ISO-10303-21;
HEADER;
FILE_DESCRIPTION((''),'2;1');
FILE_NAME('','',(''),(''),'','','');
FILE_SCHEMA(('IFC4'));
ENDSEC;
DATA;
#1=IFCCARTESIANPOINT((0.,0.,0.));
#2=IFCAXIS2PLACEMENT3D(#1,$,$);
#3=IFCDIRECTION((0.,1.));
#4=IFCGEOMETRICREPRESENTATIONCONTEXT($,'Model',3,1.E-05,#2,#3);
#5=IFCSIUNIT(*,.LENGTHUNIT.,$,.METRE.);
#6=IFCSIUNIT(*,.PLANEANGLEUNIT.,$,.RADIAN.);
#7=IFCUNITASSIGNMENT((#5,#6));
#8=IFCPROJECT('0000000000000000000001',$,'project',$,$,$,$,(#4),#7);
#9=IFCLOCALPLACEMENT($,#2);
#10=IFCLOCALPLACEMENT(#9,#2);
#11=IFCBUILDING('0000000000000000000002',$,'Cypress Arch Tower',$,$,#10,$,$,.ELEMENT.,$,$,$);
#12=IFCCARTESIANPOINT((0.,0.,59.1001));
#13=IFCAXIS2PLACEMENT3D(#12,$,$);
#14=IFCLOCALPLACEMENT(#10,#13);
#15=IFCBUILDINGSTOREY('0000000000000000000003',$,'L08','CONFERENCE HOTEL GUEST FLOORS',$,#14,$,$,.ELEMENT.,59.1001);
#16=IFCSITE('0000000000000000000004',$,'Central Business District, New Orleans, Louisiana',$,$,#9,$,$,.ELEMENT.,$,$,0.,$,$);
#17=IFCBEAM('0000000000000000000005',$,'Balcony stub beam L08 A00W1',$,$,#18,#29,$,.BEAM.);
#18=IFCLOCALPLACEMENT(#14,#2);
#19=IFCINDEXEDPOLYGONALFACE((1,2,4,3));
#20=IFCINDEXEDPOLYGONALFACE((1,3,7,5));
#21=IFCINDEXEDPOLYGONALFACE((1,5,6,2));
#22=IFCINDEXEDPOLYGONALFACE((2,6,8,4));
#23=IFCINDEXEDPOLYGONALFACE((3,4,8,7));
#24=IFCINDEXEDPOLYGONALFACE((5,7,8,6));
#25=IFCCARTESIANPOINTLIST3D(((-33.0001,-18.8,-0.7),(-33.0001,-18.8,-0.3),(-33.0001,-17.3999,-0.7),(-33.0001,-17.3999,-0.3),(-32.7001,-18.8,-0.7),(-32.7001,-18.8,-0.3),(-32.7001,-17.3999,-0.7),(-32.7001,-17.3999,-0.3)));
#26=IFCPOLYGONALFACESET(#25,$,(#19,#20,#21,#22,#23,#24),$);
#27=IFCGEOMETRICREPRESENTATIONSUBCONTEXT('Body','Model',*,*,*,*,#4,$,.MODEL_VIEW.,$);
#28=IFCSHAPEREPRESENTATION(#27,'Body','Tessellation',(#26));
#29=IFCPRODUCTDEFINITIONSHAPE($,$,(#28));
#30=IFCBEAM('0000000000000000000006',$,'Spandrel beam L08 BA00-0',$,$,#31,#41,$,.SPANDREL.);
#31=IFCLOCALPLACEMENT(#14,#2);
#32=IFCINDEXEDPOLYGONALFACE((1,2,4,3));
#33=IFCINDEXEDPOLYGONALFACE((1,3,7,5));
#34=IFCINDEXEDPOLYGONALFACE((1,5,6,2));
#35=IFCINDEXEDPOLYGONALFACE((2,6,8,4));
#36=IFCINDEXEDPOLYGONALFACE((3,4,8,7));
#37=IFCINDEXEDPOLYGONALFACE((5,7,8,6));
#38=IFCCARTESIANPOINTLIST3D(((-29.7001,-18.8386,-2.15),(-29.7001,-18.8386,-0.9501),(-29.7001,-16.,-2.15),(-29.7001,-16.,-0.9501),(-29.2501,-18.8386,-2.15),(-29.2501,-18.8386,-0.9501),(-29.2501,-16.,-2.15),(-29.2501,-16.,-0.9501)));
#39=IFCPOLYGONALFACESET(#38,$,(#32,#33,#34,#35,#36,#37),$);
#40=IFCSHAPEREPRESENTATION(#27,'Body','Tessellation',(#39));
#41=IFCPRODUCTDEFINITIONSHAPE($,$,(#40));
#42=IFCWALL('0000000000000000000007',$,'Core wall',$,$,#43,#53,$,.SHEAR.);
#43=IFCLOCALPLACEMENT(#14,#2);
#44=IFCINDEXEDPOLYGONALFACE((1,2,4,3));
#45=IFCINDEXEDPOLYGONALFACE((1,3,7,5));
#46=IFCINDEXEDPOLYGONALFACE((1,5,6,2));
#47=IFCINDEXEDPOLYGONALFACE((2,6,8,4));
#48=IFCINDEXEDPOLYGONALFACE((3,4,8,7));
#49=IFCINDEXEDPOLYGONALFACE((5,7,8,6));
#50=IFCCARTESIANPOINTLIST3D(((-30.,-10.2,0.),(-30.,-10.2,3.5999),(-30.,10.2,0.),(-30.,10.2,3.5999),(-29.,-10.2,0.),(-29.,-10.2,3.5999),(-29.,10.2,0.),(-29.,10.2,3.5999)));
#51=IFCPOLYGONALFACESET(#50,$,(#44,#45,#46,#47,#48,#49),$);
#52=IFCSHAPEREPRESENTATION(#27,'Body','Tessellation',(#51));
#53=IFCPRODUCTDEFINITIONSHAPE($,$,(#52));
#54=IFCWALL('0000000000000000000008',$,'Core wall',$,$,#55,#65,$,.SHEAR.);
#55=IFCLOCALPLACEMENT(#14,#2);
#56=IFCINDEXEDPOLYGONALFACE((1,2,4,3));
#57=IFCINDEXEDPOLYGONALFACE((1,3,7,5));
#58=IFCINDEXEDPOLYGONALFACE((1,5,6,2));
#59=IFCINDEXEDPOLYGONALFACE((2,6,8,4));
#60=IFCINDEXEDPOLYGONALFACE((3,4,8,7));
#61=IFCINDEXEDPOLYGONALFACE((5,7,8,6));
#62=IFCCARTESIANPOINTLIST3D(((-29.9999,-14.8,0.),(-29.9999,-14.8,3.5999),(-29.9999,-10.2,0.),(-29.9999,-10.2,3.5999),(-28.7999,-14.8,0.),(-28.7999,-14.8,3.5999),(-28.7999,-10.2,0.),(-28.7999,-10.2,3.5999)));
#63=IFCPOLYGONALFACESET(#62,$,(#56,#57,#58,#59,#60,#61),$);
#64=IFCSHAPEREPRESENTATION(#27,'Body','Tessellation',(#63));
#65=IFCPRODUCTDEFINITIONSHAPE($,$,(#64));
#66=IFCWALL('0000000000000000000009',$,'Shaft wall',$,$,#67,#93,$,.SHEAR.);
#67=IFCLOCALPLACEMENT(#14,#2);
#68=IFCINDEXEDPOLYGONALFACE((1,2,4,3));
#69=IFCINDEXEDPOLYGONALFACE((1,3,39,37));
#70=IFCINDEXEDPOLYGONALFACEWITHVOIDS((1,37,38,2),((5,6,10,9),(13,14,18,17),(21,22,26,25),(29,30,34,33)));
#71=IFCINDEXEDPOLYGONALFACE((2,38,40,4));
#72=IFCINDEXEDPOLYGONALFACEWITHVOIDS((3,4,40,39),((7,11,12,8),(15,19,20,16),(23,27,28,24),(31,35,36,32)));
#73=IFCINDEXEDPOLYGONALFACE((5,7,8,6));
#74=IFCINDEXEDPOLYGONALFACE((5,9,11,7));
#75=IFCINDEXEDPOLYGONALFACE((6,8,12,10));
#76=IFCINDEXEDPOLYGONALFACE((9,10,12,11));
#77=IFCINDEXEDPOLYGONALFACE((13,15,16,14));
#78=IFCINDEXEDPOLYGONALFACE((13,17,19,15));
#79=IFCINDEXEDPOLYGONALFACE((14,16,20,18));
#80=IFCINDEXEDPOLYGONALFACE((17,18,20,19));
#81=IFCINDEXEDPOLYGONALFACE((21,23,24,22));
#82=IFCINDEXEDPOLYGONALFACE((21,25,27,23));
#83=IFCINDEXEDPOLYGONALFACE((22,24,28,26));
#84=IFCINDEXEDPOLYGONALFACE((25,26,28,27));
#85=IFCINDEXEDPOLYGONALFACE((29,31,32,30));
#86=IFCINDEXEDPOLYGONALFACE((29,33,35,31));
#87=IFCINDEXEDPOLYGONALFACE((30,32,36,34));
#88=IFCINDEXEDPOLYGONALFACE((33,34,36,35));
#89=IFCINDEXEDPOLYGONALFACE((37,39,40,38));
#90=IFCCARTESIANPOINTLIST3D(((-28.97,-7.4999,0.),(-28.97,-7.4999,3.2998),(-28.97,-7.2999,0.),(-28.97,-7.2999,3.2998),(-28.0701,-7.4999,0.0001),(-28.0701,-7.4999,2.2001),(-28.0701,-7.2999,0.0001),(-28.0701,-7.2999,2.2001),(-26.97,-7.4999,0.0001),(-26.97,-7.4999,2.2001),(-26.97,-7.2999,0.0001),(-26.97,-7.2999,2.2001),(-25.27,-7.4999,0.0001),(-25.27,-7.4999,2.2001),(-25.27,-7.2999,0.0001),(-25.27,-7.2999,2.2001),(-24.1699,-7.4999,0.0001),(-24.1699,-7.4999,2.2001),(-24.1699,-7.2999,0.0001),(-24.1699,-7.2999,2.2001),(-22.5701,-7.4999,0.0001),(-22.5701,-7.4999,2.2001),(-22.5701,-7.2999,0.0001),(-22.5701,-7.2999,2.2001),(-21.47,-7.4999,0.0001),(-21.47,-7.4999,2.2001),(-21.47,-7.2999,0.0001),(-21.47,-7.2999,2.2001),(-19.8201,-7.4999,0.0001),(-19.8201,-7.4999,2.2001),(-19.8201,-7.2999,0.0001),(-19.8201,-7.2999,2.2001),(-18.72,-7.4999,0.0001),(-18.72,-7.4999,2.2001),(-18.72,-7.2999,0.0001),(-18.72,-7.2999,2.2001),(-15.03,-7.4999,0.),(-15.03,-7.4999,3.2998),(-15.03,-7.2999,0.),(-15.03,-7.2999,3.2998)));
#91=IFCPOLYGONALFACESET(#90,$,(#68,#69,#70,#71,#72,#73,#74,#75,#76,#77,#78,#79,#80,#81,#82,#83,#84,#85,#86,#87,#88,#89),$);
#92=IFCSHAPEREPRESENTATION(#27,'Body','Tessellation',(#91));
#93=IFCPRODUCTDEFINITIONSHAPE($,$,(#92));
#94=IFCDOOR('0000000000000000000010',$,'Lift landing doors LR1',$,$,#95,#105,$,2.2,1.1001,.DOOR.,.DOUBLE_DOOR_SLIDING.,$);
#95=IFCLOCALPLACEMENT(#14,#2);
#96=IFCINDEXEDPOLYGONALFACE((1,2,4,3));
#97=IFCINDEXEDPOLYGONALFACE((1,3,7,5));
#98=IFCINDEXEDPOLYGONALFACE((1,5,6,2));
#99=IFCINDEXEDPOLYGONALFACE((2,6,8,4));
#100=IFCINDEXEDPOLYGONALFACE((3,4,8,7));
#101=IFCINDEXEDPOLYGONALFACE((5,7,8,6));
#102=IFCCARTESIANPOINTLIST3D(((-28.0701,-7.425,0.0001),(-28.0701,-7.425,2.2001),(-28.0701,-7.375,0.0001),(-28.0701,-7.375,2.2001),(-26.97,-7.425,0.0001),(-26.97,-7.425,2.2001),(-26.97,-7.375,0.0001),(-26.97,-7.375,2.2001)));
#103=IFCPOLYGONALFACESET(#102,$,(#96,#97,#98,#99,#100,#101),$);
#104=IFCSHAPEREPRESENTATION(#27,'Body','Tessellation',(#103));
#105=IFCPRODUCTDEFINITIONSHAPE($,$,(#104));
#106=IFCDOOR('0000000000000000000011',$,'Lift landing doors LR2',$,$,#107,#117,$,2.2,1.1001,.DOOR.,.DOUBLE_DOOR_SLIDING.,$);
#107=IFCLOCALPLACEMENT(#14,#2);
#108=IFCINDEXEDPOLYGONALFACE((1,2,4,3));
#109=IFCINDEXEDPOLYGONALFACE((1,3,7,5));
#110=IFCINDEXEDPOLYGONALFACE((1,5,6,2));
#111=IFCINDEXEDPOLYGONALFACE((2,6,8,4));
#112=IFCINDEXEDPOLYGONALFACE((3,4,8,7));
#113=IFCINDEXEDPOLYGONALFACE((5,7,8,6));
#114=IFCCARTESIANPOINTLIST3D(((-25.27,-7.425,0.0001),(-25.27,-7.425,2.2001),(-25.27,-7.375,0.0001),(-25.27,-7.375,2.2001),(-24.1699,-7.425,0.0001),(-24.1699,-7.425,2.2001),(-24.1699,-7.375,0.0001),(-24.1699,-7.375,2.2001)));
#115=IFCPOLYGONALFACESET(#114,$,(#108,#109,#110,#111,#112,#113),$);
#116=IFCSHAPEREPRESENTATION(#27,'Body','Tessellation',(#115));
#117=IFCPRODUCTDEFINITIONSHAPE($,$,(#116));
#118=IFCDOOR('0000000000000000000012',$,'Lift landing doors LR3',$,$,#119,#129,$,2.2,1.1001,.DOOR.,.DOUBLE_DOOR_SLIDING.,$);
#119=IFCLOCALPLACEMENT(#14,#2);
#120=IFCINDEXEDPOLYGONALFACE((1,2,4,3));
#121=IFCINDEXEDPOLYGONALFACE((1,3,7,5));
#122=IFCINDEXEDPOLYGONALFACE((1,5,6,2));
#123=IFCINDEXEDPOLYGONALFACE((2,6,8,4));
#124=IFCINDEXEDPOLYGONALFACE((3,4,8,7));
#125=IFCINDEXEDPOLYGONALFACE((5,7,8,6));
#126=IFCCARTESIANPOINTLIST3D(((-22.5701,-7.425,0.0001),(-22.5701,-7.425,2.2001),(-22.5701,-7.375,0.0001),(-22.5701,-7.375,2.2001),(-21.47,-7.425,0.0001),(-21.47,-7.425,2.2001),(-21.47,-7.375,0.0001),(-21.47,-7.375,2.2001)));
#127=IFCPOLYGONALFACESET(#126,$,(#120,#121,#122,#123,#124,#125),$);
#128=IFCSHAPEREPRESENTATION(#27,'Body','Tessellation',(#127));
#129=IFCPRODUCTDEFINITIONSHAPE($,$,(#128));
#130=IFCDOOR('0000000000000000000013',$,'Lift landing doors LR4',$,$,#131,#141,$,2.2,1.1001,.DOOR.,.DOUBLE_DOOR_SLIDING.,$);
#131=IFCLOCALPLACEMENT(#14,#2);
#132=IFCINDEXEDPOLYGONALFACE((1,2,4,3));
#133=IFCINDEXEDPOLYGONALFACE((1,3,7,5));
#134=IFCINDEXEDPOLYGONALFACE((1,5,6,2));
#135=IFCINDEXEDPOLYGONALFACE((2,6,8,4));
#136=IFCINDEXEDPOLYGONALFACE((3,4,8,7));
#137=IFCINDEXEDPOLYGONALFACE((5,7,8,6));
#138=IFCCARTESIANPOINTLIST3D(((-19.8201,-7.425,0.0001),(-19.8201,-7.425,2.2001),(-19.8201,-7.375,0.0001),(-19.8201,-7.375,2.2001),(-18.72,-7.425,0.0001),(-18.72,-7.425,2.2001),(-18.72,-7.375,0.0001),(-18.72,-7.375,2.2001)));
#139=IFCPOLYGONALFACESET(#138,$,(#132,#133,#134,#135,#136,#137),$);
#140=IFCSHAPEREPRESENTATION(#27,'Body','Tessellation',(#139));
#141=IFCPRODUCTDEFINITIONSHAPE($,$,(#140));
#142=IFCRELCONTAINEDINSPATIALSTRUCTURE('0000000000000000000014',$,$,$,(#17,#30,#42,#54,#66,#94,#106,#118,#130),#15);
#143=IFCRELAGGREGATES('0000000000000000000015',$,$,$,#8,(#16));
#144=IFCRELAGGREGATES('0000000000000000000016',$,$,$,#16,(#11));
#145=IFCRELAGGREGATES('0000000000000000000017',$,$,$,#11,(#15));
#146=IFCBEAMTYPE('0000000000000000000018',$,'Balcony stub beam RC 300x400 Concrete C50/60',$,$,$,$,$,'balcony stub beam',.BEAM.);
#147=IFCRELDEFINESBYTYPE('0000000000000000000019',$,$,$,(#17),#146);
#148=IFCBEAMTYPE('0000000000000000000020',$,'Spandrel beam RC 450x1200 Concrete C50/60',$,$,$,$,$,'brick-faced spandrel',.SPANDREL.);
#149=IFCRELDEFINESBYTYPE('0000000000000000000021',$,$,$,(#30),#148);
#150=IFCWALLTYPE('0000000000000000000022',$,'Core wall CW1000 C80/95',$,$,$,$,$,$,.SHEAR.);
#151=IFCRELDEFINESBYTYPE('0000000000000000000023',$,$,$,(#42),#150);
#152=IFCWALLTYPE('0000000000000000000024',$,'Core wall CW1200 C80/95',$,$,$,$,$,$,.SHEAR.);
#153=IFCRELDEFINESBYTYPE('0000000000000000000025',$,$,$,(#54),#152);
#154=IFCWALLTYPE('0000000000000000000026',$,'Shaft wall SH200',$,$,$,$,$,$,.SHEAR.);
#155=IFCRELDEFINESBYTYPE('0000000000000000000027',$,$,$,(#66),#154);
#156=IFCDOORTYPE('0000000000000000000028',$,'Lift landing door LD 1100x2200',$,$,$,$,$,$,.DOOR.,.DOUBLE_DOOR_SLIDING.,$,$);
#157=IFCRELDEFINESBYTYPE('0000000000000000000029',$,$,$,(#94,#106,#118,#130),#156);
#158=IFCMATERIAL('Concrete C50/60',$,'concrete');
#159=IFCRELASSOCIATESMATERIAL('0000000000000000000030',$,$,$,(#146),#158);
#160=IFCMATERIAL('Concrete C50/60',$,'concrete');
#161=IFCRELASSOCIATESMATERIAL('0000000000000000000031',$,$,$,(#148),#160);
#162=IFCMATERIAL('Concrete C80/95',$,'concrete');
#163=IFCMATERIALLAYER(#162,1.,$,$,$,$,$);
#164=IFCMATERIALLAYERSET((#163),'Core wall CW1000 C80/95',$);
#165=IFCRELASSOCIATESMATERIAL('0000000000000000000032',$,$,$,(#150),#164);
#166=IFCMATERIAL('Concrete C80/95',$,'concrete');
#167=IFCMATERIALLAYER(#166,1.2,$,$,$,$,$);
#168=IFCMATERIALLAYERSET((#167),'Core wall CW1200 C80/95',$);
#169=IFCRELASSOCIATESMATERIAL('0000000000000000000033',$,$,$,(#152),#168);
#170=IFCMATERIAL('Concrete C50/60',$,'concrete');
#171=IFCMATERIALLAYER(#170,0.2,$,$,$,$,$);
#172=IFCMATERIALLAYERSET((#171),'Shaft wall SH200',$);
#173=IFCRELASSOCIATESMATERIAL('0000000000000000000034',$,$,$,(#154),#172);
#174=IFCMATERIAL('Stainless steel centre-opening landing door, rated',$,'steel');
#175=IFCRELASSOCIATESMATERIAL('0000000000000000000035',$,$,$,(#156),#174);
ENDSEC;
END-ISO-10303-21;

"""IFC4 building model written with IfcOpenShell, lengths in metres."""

from ifc_helpers import new_model, si_unit, direction, frame, frame_2d, origin, origin_2d, place, context, subcontext, project, spatial, rectangle, extrude, material, layer, layer_set, material_profile, profile_set, type_object, element, fill, save


model = new_model("IFC4")

# Units and contexts
model_context = context("Model", 3, precision=1e-05, world=origin(), true_north=direction((0.0, 1.0)))
body_context = subcontext(model_context, "Body", "Model", "MODEL_VIEW")
ifc_project = project(units=[si_unit("LENGTHUNIT", "METRE"), si_unit("PLANEANGLEUNIT", "RADIAN")], contexts=[model_context])

# Site, building, storey
site_placement = place(None, origin())
site = spatial("IfcSite", under=ifc_project, at=site_placement, Name="Central Business District, New Orleans, Louisiana", CompositionType="ELEMENT", RefElevation=0.0)
building_placement = place(site_placement, origin())
building = spatial("IfcBuilding", under=site, at=building_placement, Name="Cypress Arch Tower", CompositionType="ELEMENT")
storey_placement = place(building_placement, frame((0.0, 0.0, 59.1001)))
storey = spatial("IfcBuildingStorey", under=building, at=storey_placement, Name="L08", Description="CONFERENCE HOTEL GUEST FLOORS", CompositionType="ELEMENT", Elevation=59.1001)

# Beams
ifc_material_1 = material(Name="Concrete C50/60", Category="concrete")
ifc_material_profile_1 = material_profile(ifc_material_1, rectangle(XDim=0.3, YDim=0.3999, at=origin_2d()), Name="RC 300x400")
ifc_profile_set_1 = profile_set([ifc_material_profile_1], Name="Concrete C50/60")
beam_type_1 = type_object("IfcBeamType", Name="Balcony stub beam RC 300x400 Concrete C50/60", ElementType="balcony stub beam", PredefinedType="BEAM", material=ifc_profile_set_1)
beam_1_placement = place(storey_placement, frame((-32.8501, -17.3999, -0.5), z_axis=(0.0, -1.0, 0.0), x_axis=(1.0, 0.0, 0.0)))
element("IfcBeam", 1, at=beam_1_placement, inside=storey, type_object=beam_type_1, Name="Balcony stub beam L08 A00W1", PredefinedType="BEAM", context=body_context, shape_type="SweptSolid", body=[
    extrude(rectangle(XDim=0.3, YDim=0.3999, at=origin_2d()), origin(), (0.0, 0.0, 1.0), 1.4001),
])
ifc_material_2 = material(Name="Concrete C50/60", Category="concrete")
ifc_material_profile_2 = material_profile(ifc_material_2, rectangle(XDim=0.45, YDim=1.2, at=origin_2d()), Name="RC 450x1200")
ifc_profile_set_2 = profile_set([ifc_material_profile_2], Name="Concrete C50/60")
beam_type_2 = type_object("IfcBeamType", Name="Spandrel beam RC 450x1200 Concrete C50/60", ElementType="brick-faced spandrel", PredefinedType="SPANDREL", material=ifc_profile_set_2)
beam_2_placement = place(storey_placement, frame((-29.4751, -16.0, -1.55), z_axis=(0.0, -1.0, 0.0), x_axis=(1.0, 0.0, 0.0)))
element("IfcBeam", 2, at=beam_2_placement, inside=storey, type_object=beam_type_2, Name="Spandrel beam L08 BA00-0", PredefinedType="SPANDREL", context=body_context, shape_type="SweptSolid", body=[
    extrude(rectangle(XDim=0.45, YDim=1.2, at=origin_2d()), origin(), (0.0, 0.0, 1.0), 2.8386),
])

# Wall
ifc_material_3 = material(Name="Concrete C80/95", Category="concrete")
ifc_layer_1 = layer(ifc_material_3, 1.0)
ifc_layer_set_1 = layer_set([ifc_layer_1], Name="Core wall CW1000 C80/95")
wall_type_1 = type_object("IfcWallType", Name="Core wall CW1000 C80/95", PredefinedType="SHEAR", material=ifc_layer_set_1)
wall_1_placement = place(storey_placement, frame((-29.5, -10.2, 0.0), z_axis=(0.0, 0.0, 1.0), x_axis=(0.0, 1.0, 0.0)))
element("IfcWall", 3, at=wall_1_placement, inside=storey, type_object=wall_type_1, Name="Core wall", PredefinedType="SHEAR", context=body_context, shape_type="SweptSolid", body=[
    extrude(rectangle(XDim=20.3999, YDim=1.0, at=frame_2d((10.2, 0.0))), origin(), (0.0, 0.0, 1.0), 3.5999),
])

# Shared definitions
ifc_material_4 = material(Name="Concrete C80/95", Category="concrete")
ifc_layer_2 = layer(ifc_material_4, 1.2)
ifc_layer_set_2 = layer_set([ifc_layer_2], Name="Core wall CW1200 C80/95")
wall_type_2 = type_object("IfcWallType", Name="Core wall CW1200 C80/95", PredefinedType="SHEAR", material=ifc_layer_set_2)

# Wall
wall_2_placement = place(storey_placement, frame((-29.3999, -14.8, 0.0), z_axis=(0.0, 0.0, 1.0), x_axis=(0.0, 1.0, 0.0)))
element("IfcWall", 4, at=wall_2_placement, inside=storey, type_object=wall_type_2, Name="Core wall", PredefinedType="SHEAR", context=body_context, shape_type="SweptSolid", body=[
    extrude(rectangle(XDim=4.6001, YDim=1.2, at=frame_2d((2.3, 0.0))), origin(), (0.0, 0.0, 1.0), 3.5999),
])

# Wall, openings, doors
ifc_material_5 = material(Name="Concrete C50/60", Category="concrete")
ifc_layer_3 = layer(ifc_material_5, 0.2)
ifc_layer_set_3 = layer_set([ifc_layer_3], Name="Shaft wall SH200")
wall_type_3 = type_object("IfcWallType", Name="Shaft wall SH200", PredefinedType="SHEAR", material=ifc_layer_set_3)
wall_3_placement = place(storey_placement, frame((-28.97, -7.3999, 0.0), z_axis=(0.0, 0.0, 1.0), x_axis=(1.0, 0.0, 0.0)))
wall_3 = element("IfcWall", 5, at=wall_3_placement, inside=storey, type_object=wall_type_3, Name="Shaft wall", PredefinedType="SHEAR", context=body_context, shape_type="SweptSolid", body=[
    extrude(rectangle(XDim=13.9399, YDim=0.2, at=frame_2d((6.97, 0.0))), origin(), (0.0, 0.0, 1.0), 3.2998),
])
opening_1_placement = place(wall_3_placement, frame((0.8999, 0.0, 0.0)))
opening_1 = element("IfcOpeningElement", 6, at=opening_1_placement, cuts=wall_3, PredefinedType="OPENING", context=body_context, shape_type="SweptSolid", body=[
    extrude(rectangle(XDim=1.1001, YDim=2.2, at=frame_2d((0.55, 1.1001))), frame((0.0, 0.1099, 0.0), z_axis=(0.0, -1.0, 0.0), x_axis=(1.0, 0.0, 0.0)), (0.0, 0.0, 1.0), 0.22),
])
opening_2_placement = place(wall_3_placement, frame((3.7, 0.0, 0.0)))
opening_2 = element("IfcOpeningElement", 7, at=opening_2_placement, cuts=wall_3, PredefinedType="OPENING", context=body_context, shape_type="SweptSolid", body=[
    extrude(rectangle(XDim=1.1001, YDim=2.2, at=frame_2d((0.55, 1.1001))), frame((0.0, 0.1099, 0.0), z_axis=(0.0, -1.0, 0.0), x_axis=(1.0, 0.0, 0.0)), (0.0, 0.0, 1.0), 0.22),
])
opening_3_placement = place(wall_3_placement, frame((6.3999, 0.0, 0.0)))
opening_3 = element("IfcOpeningElement", 8, at=opening_3_placement, cuts=wall_3, PredefinedType="OPENING", context=body_context, shape_type="SweptSolid", body=[
    extrude(rectangle(XDim=1.1001, YDim=2.2, at=frame_2d((0.55, 1.1001))), frame((0.0, 0.1099, 0.0), z_axis=(0.0, -1.0, 0.0), x_axis=(1.0, 0.0, 0.0)), (0.0, 0.0, 1.0), 0.22),
])
opening_4_placement = place(wall_3_placement, frame((9.1499, 0.0, 0.0)))
opening_4 = element("IfcOpeningElement", 9, at=opening_4_placement, cuts=wall_3, PredefinedType="OPENING", context=body_context, shape_type="SweptSolid", body=[
    extrude(rectangle(XDim=1.1001, YDim=2.2, at=frame_2d((0.55, 1.1001))), frame((0.0, 0.1099, 0.0), z_axis=(0.0, -1.0, 0.0), x_axis=(1.0, 0.0, 0.0)), (0.0, 0.0, 1.0), 0.22),
])
ifc_material_6 = material(Name="Stainless steel centre-opening landing door, rated", Category="steel")
door_type_1 = type_object("IfcDoorType", Name="Lift landing door LD 1100x2200", OperationType="DOUBLE_DOOR_SLIDING", PredefinedType="DOOR", material=ifc_material_6)
door_1_placement = place(opening_1_placement, origin())
door_1 = element("IfcDoor", 10, at=door_1_placement, inside=storey, type_object=door_type_1, Name="Lift landing doors LR1", OperationType="DOUBLE_DOOR_SLIDING", OverallHeight=2.2, OverallWidth=1.1001, PredefinedType="DOOR", context=body_context, shape_type="SweptSolid", body=[
    extrude(rectangle(XDim=1.1001, YDim=2.2, at=frame_2d((0.55, 1.1001))), frame((0.0, 0.0249, 0.0), z_axis=(0.0, -1.0, 0.0), x_axis=(1.0, 0.0, 0.0)), (0.0, 0.0, 1.0), 0.05),
])
fill(opening_1, door_1)
door_2_placement = place(opening_2_placement, origin())
door_2 = element("IfcDoor", 11, at=door_2_placement, inside=storey, type_object=door_type_1, Name="Lift landing doors LR2", OperationType="DOUBLE_DOOR_SLIDING", OverallHeight=2.2, OverallWidth=1.1001, PredefinedType="DOOR", context=body_context, shape_type="SweptSolid", body=[
    extrude(rectangle(XDim=1.1001, YDim=2.2, at=frame_2d((0.55, 1.1001))), frame((0.0, 0.0249, 0.0), z_axis=(0.0, -1.0, 0.0), x_axis=(1.0, 0.0, 0.0)), (0.0, 0.0, 1.0), 0.05),
])
fill(opening_2, door_2)
door_3_placement = place(opening_3_placement, origin())
door_3 = element("IfcDoor", 12, at=door_3_placement, inside=storey, type_object=door_type_1, Name="Lift landing doors LR3", OperationType="DOUBLE_DOOR_SLIDING", OverallHeight=2.2, OverallWidth=1.1001, PredefinedType="DOOR", context=body_context, shape_type="SweptSolid", body=[
    extrude(rectangle(XDim=1.1001, YDim=2.2, at=frame_2d((0.55, 1.1001))), frame((0.0, 0.0249, 0.0), z_axis=(0.0, -1.0, 0.0), x_axis=(1.0, 0.0, 0.0)), (0.0, 0.0, 1.0), 0.05),
])
fill(opening_3, door_3)
door_4_placement = place(opening_4_placement, origin())
door_4 = element("IfcDoor", 13, at=door_4_placement, inside=storey, type_object=door_type_1, Name="Lift landing doors LR4", OperationType="DOUBLE_DOOR_SLIDING", OverallHeight=2.2, OverallWidth=1.1001, PredefinedType="DOOR", context=body_context, shape_type="SweptSolid", body=[
    extrude(rectangle(XDim=1.1001, YDim=2.2, at=frame_2d((0.55, 1.1001))), frame((0.0, 0.0249, 0.0), z_axis=(0.0, -1.0, 0.0), x_axis=(1.0, 0.0, 0.0)), (0.0, 0.0, 1.0), 0.05),
])
fill(opening_4, door_4)

save(model, "model.ifc")
